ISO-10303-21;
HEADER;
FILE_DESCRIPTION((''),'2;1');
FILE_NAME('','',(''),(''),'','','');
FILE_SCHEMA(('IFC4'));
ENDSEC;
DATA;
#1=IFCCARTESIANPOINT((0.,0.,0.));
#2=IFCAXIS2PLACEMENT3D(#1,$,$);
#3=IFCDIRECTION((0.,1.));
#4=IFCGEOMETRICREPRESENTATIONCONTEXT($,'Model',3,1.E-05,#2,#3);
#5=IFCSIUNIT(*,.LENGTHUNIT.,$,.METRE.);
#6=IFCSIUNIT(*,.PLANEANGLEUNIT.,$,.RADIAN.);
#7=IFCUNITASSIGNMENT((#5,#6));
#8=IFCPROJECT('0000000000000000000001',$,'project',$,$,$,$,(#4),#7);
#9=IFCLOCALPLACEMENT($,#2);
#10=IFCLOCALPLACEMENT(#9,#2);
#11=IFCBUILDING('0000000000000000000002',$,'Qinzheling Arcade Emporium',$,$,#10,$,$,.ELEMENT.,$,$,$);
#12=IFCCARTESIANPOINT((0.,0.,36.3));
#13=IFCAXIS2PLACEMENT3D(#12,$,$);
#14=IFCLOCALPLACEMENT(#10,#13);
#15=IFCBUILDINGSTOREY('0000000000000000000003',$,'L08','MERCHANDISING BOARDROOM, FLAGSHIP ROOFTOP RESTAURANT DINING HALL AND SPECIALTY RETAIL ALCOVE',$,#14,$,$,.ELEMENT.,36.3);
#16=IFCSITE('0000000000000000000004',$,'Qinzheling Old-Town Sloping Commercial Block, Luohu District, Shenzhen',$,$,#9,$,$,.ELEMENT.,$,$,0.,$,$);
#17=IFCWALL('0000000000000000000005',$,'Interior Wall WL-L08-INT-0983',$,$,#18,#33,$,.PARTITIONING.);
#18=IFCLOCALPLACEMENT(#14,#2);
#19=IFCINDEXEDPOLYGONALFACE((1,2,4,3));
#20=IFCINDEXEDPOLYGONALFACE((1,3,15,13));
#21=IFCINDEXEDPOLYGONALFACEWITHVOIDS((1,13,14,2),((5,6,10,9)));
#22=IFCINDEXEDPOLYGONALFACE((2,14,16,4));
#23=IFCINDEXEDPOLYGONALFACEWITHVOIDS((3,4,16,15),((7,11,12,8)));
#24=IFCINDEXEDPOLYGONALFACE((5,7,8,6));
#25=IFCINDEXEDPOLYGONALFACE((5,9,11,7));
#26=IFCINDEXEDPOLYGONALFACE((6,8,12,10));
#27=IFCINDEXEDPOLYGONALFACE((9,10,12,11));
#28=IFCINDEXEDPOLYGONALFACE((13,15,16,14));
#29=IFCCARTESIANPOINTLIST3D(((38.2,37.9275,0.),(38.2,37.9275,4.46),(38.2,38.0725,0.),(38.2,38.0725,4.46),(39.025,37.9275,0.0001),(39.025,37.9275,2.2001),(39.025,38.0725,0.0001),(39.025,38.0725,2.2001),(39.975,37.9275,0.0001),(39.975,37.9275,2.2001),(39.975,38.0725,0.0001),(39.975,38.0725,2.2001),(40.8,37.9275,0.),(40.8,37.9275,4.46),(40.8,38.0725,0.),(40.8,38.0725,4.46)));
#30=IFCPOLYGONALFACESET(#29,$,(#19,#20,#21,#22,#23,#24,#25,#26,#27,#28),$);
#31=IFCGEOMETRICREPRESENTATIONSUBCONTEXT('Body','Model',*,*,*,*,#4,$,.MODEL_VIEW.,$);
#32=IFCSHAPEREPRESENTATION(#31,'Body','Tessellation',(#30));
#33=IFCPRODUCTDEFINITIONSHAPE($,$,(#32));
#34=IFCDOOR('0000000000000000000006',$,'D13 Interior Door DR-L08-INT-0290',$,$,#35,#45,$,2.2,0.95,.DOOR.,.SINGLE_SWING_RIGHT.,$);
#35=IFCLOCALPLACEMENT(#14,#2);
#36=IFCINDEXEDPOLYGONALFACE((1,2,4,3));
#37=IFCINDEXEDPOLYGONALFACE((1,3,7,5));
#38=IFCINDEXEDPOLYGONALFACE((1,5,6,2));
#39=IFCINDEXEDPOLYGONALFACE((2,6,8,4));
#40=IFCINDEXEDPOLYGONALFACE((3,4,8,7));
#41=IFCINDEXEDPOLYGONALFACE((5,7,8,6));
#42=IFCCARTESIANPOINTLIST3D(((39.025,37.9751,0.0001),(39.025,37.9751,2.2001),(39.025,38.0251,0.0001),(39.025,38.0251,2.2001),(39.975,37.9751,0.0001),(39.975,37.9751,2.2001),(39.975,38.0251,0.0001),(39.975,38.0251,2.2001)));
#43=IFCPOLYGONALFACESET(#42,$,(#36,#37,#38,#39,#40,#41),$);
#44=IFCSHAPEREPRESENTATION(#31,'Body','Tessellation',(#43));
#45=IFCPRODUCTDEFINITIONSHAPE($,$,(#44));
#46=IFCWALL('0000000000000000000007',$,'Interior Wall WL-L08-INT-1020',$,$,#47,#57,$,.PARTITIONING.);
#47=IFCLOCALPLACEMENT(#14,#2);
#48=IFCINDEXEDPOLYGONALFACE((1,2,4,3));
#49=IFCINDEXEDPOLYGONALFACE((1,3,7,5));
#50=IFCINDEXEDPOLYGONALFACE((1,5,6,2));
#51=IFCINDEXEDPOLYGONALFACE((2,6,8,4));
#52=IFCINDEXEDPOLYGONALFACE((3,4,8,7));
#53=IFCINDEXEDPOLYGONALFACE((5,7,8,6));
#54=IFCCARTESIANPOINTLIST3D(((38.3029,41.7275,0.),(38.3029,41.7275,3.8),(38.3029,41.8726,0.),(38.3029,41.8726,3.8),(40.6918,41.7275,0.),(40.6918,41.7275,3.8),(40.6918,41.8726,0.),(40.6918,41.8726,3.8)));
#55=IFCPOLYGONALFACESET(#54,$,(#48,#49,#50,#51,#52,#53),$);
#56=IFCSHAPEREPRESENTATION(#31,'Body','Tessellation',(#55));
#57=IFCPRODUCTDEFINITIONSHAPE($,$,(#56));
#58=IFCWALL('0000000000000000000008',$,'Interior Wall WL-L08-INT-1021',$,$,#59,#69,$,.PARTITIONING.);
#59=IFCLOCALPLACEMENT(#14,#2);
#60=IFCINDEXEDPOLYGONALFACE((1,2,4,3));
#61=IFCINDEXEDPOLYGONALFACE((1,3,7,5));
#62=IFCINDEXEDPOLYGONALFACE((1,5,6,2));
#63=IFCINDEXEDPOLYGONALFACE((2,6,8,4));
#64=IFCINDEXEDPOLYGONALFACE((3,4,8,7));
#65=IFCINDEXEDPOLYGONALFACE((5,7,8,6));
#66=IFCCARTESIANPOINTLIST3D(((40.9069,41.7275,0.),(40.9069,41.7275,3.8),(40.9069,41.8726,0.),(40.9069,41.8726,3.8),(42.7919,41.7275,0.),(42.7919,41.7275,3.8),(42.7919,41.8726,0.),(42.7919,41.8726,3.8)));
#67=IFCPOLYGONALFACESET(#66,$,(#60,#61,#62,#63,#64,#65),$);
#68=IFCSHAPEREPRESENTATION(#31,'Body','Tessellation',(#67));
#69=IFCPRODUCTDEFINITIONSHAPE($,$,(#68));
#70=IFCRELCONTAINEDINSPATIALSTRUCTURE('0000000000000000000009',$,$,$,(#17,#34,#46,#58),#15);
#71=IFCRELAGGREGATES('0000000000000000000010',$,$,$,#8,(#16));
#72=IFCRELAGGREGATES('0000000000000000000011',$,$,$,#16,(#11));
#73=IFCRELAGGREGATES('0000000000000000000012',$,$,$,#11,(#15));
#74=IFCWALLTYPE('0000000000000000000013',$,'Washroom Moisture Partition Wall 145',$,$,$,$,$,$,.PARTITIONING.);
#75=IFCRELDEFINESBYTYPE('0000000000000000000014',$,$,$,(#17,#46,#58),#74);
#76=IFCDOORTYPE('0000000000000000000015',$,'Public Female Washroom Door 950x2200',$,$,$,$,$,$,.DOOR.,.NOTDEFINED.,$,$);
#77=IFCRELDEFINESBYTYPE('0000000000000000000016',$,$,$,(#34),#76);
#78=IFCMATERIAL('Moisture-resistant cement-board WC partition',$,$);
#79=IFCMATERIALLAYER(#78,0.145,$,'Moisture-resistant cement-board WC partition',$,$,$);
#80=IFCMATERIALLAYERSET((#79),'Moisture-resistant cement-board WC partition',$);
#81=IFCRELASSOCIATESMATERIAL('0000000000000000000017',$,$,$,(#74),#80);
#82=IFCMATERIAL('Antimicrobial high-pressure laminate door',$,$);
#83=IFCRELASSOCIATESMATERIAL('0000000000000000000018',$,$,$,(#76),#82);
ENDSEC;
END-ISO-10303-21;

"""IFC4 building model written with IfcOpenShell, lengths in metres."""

from ifc_helpers import new_model, si_unit, direction, frame, frame_2d, origin, place, context, subcontext, project, spatial, rectangle, extrude, material, layer, layer_set, type_object, element, fill, save


model = new_model("IFC4")

# Units and contexts
model_context = context("Model", 3, precision=1e-05, world=origin(), true_north=direction((0.0, 1.0)))
body_context = subcontext(model_context, "Body", "Model", "MODEL_VIEW")
ifc_project = project(units=[si_unit("LENGTHUNIT", "METRE"), si_unit("PLANEANGLEUNIT", "RADIAN")], contexts=[model_context])

# Site, building, storey
site_placement = place(None, origin())
site = spatial("IfcSite", under=ifc_project, at=site_placement, Name="Qinzheling Old-Town Sloping Commercial Block, Luohu District, Shenzhen", CompositionType="ELEMENT", RefElevation=0.0)
building_placement = place(site_placement, origin())
building = spatial("IfcBuilding", under=site, at=building_placement, Name="Qinzheling Arcade Emporium", CompositionType="ELEMENT")
storey_placement = place(building_placement, frame((0.0, 0.0, 36.3)))
storey = spatial("IfcBuildingStorey", under=building, at=storey_placement, Name="L08", Description="MERCHANDISING BOARDROOM, FLAGSHIP ROOFTOP RESTAURANT DINING HALL AND SPECIALTY RETAIL ALCOVE", CompositionType="ELEMENT", Elevation=36.3)

# Shared definitions
ifc_material_1 = material(Name="Moisture-resistant cement-board WC partition")
ifc_layer_1 = layer(ifc_material_1, 0.145, Name="Moisture-resistant cement-board WC partition")
ifc_layer_set_1 = layer_set([ifc_layer_1], Name="Moisture-resistant cement-board WC partition")
wall_type_1 = type_object("IfcWallType", Name="Washroom Moisture Partition Wall 145", PredefinedType="PARTITIONING", material=ifc_layer_set_1)

# Wall, opening, door
ifc_material_2 = material(Name="Antimicrobial high-pressure laminate door")
wall_1_placement = place(storey_placement, frame((40.8, 38.0, 0.0), z_axis=(0.0, 0.0, 1.0), x_axis=(-1.0, 0.0, 0.0)))
wall_1 = element("IfcWall", 1, at=wall_1_placement, inside=storey, type_object=wall_type_1, Name="Interior Wall WL-L08-INT-0983", PredefinedType="PARTITIONING", context=body_context, shape_type="SweptSolid", body=[
    extrude(rectangle(XDim=2.6001, YDim=0.145, at=frame_2d((1.3, 0.0))), origin(), (0.0, 0.0, 1.0), 4.46),
])
opening_1_placement = place(wall_1_placement, frame((0.825, 0.0, 0.0)))
opening_1 = element("IfcOpeningElement", 2, at=opening_1_placement, cuts=wall_1, PredefinedType="OPENING", context=body_context, shape_type="SweptSolid", body=[
    extrude(rectangle(XDim=0.95, YDim=2.2, at=frame_2d((0.4751, 1.1001))), frame((0.0, 0.0825, 0.0), z_axis=(0.0, -1.0, 0.0), x_axis=(1.0, 0.0, 0.0)), (0.0, 0.0, 1.0), 0.165),
])
door_type_1 = type_object("IfcDoorType", Name="Public Female Washroom Door 950x2200", OperationType="NOTDEFINED", PredefinedType="DOOR", material=ifc_material_2)
door_1_placement = place(opening_1_placement, origin())
door_1 = element("IfcDoor", 3, at=door_1_placement, inside=storey, type_object=door_type_1, Name="D13 Interior Door DR-L08-INT-0290", OperationType="SINGLE_SWING_RIGHT", OverallHeight=2.2, OverallWidth=0.95, PredefinedType="DOOR", context=body_context, shape_type="SweptSolid", body=[
    extrude(rectangle(XDim=0.95, YDim=2.2, at=frame_2d((0.4751, 1.1001))), frame((0.0, 0.0249, 0.0), z_axis=(0.0, -1.0, 0.0), x_axis=(1.0, 0.0, 0.0)), (0.0, 0.0, 1.0), 0.05),
])
fill(opening_1, door_1)

# Walls
wall_2_placement = place(storey_placement, frame((38.303, 41.8, 0.0), z_axis=(0.0, 0.0, 1.0), x_axis=(1.0, 0.0, 0.0)))
element("IfcWall", 4, at=wall_2_placement, inside=storey, type_object=wall_type_1, Name="Interior Wall WL-L08-INT-1020", PredefinedType="PARTITIONING", context=body_context, shape_type="SweptSolid", body=[
    extrude(rectangle(XDim=2.3889, YDim=0.145, at=frame_2d((1.1943, 0.0))), origin(), (0.0, 0.0, 1.0), 3.8),
])
wall_3_placement = place(storey_placement, frame((40.907, 41.8, 0.0), z_axis=(0.0, 0.0, 1.0), x_axis=(1.0, 0.0, 0.0)))
element("IfcWall", 5, at=wall_3_placement, inside=storey, type_object=wall_type_1, Name="Interior Wall WL-L08-INT-1021", PredefinedType="PARTITIONING", context=body_context, shape_type="SweptSolid", body=[
    extrude(rectangle(XDim=1.885, YDim=0.145, at=frame_2d((0.9424, 0.0))), origin(), (0.0, 0.0, 1.0), 3.8),
])

save(model, "model.ifc")
